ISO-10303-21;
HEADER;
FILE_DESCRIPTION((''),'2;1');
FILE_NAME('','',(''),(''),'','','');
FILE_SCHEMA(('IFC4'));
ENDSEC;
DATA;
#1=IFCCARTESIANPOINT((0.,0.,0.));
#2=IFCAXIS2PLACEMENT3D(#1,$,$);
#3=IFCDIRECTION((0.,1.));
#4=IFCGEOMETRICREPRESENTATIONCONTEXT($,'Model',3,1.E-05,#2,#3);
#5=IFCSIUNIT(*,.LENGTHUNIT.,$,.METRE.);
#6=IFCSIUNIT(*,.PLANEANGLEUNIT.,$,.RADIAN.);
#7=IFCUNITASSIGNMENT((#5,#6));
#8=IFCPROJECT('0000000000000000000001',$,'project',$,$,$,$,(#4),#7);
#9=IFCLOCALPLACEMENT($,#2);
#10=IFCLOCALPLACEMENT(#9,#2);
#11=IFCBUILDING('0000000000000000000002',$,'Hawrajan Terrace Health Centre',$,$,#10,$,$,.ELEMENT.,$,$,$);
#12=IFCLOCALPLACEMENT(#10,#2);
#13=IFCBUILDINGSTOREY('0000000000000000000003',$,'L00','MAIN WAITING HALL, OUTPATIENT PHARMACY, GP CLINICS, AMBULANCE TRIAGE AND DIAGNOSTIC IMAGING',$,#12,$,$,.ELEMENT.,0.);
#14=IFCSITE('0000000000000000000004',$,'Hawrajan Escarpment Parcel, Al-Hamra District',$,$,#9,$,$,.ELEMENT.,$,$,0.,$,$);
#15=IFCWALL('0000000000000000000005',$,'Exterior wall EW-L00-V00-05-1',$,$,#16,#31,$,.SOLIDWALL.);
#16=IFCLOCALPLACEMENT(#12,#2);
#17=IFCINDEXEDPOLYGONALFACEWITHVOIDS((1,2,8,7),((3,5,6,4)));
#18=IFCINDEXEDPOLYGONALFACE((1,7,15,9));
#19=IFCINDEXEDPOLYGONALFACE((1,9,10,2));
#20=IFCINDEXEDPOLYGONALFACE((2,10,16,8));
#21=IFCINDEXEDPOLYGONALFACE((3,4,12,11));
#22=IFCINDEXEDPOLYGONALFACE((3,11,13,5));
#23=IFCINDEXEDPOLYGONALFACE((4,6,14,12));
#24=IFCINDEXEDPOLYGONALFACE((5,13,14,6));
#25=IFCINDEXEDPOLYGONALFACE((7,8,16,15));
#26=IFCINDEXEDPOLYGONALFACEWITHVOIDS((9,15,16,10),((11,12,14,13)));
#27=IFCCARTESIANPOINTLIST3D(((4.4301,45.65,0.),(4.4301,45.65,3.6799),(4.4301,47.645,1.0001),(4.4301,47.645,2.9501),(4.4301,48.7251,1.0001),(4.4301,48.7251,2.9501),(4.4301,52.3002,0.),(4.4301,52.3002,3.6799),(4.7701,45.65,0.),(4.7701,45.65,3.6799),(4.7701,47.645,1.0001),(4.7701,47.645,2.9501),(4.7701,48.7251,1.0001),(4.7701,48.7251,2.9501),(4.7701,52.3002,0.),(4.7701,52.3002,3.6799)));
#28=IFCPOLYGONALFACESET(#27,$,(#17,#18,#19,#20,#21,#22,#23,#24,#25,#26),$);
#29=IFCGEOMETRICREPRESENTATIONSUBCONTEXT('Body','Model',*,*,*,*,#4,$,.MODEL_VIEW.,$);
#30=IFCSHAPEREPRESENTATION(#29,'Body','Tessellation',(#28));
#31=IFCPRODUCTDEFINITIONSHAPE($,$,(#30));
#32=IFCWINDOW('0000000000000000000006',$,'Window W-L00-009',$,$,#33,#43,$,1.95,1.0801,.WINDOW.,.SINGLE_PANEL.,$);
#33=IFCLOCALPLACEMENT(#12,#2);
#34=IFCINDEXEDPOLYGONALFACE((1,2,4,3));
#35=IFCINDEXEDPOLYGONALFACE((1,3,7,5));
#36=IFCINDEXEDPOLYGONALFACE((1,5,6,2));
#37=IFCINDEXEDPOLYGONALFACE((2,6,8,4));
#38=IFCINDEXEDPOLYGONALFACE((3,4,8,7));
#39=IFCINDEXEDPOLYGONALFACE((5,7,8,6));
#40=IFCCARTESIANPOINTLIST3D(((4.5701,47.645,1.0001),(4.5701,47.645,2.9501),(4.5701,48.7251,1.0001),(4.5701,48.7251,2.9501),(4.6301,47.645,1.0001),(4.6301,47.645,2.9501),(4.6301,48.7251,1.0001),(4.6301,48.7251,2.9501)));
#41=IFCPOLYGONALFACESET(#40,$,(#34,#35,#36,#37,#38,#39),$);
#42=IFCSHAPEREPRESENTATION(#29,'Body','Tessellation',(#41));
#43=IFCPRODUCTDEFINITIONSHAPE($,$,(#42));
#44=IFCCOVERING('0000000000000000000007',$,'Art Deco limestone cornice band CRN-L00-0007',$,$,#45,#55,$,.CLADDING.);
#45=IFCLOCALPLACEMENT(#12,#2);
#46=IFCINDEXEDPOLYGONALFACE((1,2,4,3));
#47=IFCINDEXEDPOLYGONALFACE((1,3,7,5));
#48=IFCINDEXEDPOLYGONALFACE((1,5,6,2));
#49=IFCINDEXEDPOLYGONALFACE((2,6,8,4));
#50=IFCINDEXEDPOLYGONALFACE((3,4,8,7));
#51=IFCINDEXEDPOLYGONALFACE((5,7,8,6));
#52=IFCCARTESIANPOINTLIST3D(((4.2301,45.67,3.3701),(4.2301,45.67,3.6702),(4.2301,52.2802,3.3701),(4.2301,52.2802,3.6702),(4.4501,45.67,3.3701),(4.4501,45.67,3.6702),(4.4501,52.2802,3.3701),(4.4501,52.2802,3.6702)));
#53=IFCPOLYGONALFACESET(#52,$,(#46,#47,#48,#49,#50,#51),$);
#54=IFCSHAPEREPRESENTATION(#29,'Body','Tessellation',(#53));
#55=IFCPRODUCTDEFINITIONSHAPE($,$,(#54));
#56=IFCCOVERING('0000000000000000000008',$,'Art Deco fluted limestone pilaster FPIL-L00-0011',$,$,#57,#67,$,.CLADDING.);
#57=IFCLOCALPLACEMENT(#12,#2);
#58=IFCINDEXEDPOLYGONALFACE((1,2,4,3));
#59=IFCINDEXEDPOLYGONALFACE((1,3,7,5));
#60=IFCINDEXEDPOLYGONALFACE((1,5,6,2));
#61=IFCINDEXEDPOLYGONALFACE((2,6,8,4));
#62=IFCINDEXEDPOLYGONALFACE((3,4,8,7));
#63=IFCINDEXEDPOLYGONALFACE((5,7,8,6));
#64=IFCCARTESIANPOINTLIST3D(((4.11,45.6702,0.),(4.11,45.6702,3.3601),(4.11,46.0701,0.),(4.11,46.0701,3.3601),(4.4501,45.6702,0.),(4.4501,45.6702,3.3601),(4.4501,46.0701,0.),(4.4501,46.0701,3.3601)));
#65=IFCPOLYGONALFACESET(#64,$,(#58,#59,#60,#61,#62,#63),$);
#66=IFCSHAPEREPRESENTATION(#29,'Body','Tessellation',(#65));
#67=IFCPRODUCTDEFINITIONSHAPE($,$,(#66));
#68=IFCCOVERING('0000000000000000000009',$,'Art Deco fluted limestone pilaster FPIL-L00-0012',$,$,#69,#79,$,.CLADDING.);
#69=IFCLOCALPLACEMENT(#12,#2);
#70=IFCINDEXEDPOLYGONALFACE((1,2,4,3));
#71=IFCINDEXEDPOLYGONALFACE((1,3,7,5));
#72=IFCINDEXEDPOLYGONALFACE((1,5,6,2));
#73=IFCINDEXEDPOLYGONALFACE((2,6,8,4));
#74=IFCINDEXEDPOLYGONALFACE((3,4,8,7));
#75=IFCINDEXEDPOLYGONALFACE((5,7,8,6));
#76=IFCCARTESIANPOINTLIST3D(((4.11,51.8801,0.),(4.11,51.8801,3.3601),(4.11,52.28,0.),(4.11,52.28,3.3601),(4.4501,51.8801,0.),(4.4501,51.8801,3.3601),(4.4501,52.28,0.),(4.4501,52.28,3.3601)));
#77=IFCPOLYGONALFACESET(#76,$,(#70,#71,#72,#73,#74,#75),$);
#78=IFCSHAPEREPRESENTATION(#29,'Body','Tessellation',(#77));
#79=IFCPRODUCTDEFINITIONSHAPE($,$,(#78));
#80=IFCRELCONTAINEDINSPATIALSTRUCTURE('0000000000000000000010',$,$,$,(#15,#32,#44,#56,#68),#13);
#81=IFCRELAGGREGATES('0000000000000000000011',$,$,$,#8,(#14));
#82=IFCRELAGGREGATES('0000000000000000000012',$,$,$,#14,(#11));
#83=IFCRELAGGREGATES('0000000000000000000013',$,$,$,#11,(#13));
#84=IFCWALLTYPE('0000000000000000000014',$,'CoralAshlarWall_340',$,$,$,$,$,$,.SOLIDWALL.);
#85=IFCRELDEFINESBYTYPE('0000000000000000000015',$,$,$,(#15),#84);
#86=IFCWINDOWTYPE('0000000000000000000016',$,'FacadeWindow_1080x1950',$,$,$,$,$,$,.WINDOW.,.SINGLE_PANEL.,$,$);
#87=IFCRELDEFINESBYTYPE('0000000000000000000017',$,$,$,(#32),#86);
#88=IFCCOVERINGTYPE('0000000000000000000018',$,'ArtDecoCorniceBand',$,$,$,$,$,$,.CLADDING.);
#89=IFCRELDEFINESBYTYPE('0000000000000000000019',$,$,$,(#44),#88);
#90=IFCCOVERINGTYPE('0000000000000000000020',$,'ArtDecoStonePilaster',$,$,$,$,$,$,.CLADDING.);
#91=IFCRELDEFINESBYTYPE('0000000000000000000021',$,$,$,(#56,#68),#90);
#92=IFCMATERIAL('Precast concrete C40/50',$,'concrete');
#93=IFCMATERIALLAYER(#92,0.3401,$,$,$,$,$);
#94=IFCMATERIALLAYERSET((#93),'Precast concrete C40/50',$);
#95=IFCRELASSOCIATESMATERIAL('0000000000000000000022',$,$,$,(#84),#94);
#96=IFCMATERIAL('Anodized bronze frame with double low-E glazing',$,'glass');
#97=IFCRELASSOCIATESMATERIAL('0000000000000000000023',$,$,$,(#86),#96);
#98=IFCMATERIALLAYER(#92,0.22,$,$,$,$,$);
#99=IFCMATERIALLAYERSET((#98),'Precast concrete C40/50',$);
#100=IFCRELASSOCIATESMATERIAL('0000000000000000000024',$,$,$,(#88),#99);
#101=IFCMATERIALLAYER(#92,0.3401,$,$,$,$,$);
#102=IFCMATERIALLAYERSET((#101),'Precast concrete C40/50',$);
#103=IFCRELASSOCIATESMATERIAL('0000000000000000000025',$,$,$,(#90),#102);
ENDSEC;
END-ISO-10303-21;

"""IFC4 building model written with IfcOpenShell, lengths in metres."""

from ifc_helpers import new_model, si_unit, direction, frame, frame_2d, origin, origin_2d, place, context, subcontext, project, spatial, rectangle, extrude, material, layer, layer_set, type_object, element, fill, save


model = new_model("IFC4")

# Units and contexts
model_context = context("Model", 3, precision=1e-05, world=origin(), true_north=direction((0.0, 1.0)))
body_context = subcontext(model_context, "Body", "Model", "MODEL_VIEW")
ifc_project = project(units=[si_unit("LENGTHUNIT", "METRE"), si_unit("PLANEANGLEUNIT", "RADIAN")], contexts=[model_context])

# Site, building, storey
site_placement = place(None, origin())
site = spatial("IfcSite", under=ifc_project, at=site_placement, Name="Hawrajan Escarpment Parcel, Al-Hamra District", CompositionType="ELEMENT", RefElevation=0.0)
building_placement = place(site_placement, origin())
building = spatial("IfcBuilding", under=site, at=building_placement, Name="Hawrajan Terrace Health Centre", CompositionType="ELEMENT")
storey_placement = place(building_placement, origin())
storey = spatial("IfcBuildingStorey", under=building, at=storey_placement, Name="L00", Description="MAIN WAITING HALL, OUTPATIENT PHARMACY, GP CLINICS, AMBULANCE TRIAGE AND DIAGNOSTIC IMAGING", CompositionType="ELEMENT", Elevation=0.0)

# Wall, opening, window
ifc_material_1 = material(Name="Precast concrete C40/50", Category="concrete")
ifc_layer_1 = layer(ifc_material_1, 0.3401)
ifc_layer_set_1 = layer_set([ifc_layer_1], Name="Precast concrete C40/50")
wall_type_1 = type_object("IfcWallType", Name="CoralAshlarWall_340", PredefinedType="SOLIDWALL", material=ifc_layer_set_1)
wall_1_placement = place(storey_placement, frame((4.6001, 45.6499, 0.0), z_axis=(0.0, 0.0, 1.0), x_axis=(0.0, 1.0, 0.0)))
wall_1 = element("IfcWall", 1, at=wall_1_placement, inside=storey, type_object=wall_type_1, Name="Exterior wall EW-L00-V00-05-1", PredefinedType="SOLIDWALL", context=body_context, shape_type="SweptSolid", body=[
    extrude(rectangle(XDim=6.6501, YDim=0.3401, at=frame_2d((3.3252, 0.0))), origin(), (0.0, 0.0, 1.0), 3.6799),
])
opening_1_placement = place(wall_1_placement, frame((1.9951, 0.0, 1.0)))
opening_1 = element("IfcOpeningElement", 2, at=opening_1_placement, cuts=wall_1, PredefinedType="OPENING", context=body_context, shape_type="SweptSolid", body=[
    extrude(rectangle(XDim=1.0801, YDim=1.95, at=frame_2d((0.54, 0.9751))), frame((0.0, 0.1799, 0.0), z_axis=(0.0, -1.0, 0.0), x_axis=(1.0, 0.0, 0.0)), (0.0, 0.0, 1.0), 0.3601),
])
ifc_material_2 = material(Name="Anodized bronze frame with double low-E glazing", Category="glass")
window_type = type_object("IfcWindowType", Name="FacadeWindow_1080x1950", PartitioningType="SINGLE_PANEL", PredefinedType="WINDOW", material=ifc_material_2)
window_placement = place(opening_1_placement, origin())
window = element("IfcWindow", 3, at=window_placement, inside=storey, type_object=window_type, Name="Window W-L00-009", OverallHeight=1.95, OverallWidth=1.0801, PartitioningType="SINGLE_PANEL", PredefinedType="WINDOW", context=body_context, shape_type="SweptSolid", body=[
    extrude(rectangle(XDim=1.0801, YDim=1.95, at=frame_2d((0.54, 0.9751))), frame((0.0, 0.03, 0.0), z_axis=(0.0, -1.0, 0.0), x_axis=(1.0, 0.0, 0.0)), (0.0, 0.0, 1.0), 0.0601),
])
fill(opening_1, window)

# Coverings
ifc_layer_2 = layer(ifc_material_1, 0.22)
ifc_layer_set_2 = layer_set([ifc_layer_2], Name="Precast concrete C40/50")
covering_type_1 = type_object("IfcCoveringType", Name="ArtDecoCorniceBand", PredefinedType="CLADDING", material=ifc_layer_set_2)
covering_placement = place(storey_placement, frame((4.3401, 48.9751, 3.3701), z_axis=(0.0, 0.0, 1.0), x_axis=(0.0, 1.0, 0.0)))
element("IfcCovering", 4, at=covering_placement, inside=storey, type_object=covering_type_1, Name="Art Deco limestone cornice band CRN-L00-0007", PredefinedType="CLADDING", context=body_context, shape_type="SweptSolid", body=[
    extrude(rectangle(XDim=6.6101, YDim=0.22, at=origin_2d()), origin(), (0.0, 0.0, 1.0), 0.3),
])
ifc_layer_3 = layer(ifc_material_1, 0.3401)
ifc_layer_set_3 = layer_set([ifc_layer_3], Name="Precast concrete C40/50")
covering_type_2 = type_object("IfcCoveringType", Name="ArtDecoStonePilaster", PredefinedType="CLADDING", material=ifc_layer_set_3)
for number, where, z_axis, x_axis, name in (
    (5, (4.28, 45.8701, 0.0), (0.0, 0.0, 1.0), (0.0, 1.0, 0.0), "Art Deco fluted limestone pilaster FPIL-L00-0011"),
    (6, (4.28, 52.0801, 0.0), (0.0, 0.0, 1.0), (0.0, 1.0, 0.0), "Art Deco fluted limestone pilaster FPIL-L00-0012"),
):
    element("IfcCovering", number, at=place(storey_placement, frame(where, z_axis=z_axis, x_axis=x_axis)), inside=storey, type_object=covering_type_2, Name=name, PredefinedType="CLADDING", context=body_context, shape_type="SweptSolid", body=[
        extrude(rectangle(XDim=0.3999, YDim=0.3401, at=origin_2d()), origin(), (0.0, 0.0, 1.0), 3.3601),
    ])

save(model, "model.ifc")
